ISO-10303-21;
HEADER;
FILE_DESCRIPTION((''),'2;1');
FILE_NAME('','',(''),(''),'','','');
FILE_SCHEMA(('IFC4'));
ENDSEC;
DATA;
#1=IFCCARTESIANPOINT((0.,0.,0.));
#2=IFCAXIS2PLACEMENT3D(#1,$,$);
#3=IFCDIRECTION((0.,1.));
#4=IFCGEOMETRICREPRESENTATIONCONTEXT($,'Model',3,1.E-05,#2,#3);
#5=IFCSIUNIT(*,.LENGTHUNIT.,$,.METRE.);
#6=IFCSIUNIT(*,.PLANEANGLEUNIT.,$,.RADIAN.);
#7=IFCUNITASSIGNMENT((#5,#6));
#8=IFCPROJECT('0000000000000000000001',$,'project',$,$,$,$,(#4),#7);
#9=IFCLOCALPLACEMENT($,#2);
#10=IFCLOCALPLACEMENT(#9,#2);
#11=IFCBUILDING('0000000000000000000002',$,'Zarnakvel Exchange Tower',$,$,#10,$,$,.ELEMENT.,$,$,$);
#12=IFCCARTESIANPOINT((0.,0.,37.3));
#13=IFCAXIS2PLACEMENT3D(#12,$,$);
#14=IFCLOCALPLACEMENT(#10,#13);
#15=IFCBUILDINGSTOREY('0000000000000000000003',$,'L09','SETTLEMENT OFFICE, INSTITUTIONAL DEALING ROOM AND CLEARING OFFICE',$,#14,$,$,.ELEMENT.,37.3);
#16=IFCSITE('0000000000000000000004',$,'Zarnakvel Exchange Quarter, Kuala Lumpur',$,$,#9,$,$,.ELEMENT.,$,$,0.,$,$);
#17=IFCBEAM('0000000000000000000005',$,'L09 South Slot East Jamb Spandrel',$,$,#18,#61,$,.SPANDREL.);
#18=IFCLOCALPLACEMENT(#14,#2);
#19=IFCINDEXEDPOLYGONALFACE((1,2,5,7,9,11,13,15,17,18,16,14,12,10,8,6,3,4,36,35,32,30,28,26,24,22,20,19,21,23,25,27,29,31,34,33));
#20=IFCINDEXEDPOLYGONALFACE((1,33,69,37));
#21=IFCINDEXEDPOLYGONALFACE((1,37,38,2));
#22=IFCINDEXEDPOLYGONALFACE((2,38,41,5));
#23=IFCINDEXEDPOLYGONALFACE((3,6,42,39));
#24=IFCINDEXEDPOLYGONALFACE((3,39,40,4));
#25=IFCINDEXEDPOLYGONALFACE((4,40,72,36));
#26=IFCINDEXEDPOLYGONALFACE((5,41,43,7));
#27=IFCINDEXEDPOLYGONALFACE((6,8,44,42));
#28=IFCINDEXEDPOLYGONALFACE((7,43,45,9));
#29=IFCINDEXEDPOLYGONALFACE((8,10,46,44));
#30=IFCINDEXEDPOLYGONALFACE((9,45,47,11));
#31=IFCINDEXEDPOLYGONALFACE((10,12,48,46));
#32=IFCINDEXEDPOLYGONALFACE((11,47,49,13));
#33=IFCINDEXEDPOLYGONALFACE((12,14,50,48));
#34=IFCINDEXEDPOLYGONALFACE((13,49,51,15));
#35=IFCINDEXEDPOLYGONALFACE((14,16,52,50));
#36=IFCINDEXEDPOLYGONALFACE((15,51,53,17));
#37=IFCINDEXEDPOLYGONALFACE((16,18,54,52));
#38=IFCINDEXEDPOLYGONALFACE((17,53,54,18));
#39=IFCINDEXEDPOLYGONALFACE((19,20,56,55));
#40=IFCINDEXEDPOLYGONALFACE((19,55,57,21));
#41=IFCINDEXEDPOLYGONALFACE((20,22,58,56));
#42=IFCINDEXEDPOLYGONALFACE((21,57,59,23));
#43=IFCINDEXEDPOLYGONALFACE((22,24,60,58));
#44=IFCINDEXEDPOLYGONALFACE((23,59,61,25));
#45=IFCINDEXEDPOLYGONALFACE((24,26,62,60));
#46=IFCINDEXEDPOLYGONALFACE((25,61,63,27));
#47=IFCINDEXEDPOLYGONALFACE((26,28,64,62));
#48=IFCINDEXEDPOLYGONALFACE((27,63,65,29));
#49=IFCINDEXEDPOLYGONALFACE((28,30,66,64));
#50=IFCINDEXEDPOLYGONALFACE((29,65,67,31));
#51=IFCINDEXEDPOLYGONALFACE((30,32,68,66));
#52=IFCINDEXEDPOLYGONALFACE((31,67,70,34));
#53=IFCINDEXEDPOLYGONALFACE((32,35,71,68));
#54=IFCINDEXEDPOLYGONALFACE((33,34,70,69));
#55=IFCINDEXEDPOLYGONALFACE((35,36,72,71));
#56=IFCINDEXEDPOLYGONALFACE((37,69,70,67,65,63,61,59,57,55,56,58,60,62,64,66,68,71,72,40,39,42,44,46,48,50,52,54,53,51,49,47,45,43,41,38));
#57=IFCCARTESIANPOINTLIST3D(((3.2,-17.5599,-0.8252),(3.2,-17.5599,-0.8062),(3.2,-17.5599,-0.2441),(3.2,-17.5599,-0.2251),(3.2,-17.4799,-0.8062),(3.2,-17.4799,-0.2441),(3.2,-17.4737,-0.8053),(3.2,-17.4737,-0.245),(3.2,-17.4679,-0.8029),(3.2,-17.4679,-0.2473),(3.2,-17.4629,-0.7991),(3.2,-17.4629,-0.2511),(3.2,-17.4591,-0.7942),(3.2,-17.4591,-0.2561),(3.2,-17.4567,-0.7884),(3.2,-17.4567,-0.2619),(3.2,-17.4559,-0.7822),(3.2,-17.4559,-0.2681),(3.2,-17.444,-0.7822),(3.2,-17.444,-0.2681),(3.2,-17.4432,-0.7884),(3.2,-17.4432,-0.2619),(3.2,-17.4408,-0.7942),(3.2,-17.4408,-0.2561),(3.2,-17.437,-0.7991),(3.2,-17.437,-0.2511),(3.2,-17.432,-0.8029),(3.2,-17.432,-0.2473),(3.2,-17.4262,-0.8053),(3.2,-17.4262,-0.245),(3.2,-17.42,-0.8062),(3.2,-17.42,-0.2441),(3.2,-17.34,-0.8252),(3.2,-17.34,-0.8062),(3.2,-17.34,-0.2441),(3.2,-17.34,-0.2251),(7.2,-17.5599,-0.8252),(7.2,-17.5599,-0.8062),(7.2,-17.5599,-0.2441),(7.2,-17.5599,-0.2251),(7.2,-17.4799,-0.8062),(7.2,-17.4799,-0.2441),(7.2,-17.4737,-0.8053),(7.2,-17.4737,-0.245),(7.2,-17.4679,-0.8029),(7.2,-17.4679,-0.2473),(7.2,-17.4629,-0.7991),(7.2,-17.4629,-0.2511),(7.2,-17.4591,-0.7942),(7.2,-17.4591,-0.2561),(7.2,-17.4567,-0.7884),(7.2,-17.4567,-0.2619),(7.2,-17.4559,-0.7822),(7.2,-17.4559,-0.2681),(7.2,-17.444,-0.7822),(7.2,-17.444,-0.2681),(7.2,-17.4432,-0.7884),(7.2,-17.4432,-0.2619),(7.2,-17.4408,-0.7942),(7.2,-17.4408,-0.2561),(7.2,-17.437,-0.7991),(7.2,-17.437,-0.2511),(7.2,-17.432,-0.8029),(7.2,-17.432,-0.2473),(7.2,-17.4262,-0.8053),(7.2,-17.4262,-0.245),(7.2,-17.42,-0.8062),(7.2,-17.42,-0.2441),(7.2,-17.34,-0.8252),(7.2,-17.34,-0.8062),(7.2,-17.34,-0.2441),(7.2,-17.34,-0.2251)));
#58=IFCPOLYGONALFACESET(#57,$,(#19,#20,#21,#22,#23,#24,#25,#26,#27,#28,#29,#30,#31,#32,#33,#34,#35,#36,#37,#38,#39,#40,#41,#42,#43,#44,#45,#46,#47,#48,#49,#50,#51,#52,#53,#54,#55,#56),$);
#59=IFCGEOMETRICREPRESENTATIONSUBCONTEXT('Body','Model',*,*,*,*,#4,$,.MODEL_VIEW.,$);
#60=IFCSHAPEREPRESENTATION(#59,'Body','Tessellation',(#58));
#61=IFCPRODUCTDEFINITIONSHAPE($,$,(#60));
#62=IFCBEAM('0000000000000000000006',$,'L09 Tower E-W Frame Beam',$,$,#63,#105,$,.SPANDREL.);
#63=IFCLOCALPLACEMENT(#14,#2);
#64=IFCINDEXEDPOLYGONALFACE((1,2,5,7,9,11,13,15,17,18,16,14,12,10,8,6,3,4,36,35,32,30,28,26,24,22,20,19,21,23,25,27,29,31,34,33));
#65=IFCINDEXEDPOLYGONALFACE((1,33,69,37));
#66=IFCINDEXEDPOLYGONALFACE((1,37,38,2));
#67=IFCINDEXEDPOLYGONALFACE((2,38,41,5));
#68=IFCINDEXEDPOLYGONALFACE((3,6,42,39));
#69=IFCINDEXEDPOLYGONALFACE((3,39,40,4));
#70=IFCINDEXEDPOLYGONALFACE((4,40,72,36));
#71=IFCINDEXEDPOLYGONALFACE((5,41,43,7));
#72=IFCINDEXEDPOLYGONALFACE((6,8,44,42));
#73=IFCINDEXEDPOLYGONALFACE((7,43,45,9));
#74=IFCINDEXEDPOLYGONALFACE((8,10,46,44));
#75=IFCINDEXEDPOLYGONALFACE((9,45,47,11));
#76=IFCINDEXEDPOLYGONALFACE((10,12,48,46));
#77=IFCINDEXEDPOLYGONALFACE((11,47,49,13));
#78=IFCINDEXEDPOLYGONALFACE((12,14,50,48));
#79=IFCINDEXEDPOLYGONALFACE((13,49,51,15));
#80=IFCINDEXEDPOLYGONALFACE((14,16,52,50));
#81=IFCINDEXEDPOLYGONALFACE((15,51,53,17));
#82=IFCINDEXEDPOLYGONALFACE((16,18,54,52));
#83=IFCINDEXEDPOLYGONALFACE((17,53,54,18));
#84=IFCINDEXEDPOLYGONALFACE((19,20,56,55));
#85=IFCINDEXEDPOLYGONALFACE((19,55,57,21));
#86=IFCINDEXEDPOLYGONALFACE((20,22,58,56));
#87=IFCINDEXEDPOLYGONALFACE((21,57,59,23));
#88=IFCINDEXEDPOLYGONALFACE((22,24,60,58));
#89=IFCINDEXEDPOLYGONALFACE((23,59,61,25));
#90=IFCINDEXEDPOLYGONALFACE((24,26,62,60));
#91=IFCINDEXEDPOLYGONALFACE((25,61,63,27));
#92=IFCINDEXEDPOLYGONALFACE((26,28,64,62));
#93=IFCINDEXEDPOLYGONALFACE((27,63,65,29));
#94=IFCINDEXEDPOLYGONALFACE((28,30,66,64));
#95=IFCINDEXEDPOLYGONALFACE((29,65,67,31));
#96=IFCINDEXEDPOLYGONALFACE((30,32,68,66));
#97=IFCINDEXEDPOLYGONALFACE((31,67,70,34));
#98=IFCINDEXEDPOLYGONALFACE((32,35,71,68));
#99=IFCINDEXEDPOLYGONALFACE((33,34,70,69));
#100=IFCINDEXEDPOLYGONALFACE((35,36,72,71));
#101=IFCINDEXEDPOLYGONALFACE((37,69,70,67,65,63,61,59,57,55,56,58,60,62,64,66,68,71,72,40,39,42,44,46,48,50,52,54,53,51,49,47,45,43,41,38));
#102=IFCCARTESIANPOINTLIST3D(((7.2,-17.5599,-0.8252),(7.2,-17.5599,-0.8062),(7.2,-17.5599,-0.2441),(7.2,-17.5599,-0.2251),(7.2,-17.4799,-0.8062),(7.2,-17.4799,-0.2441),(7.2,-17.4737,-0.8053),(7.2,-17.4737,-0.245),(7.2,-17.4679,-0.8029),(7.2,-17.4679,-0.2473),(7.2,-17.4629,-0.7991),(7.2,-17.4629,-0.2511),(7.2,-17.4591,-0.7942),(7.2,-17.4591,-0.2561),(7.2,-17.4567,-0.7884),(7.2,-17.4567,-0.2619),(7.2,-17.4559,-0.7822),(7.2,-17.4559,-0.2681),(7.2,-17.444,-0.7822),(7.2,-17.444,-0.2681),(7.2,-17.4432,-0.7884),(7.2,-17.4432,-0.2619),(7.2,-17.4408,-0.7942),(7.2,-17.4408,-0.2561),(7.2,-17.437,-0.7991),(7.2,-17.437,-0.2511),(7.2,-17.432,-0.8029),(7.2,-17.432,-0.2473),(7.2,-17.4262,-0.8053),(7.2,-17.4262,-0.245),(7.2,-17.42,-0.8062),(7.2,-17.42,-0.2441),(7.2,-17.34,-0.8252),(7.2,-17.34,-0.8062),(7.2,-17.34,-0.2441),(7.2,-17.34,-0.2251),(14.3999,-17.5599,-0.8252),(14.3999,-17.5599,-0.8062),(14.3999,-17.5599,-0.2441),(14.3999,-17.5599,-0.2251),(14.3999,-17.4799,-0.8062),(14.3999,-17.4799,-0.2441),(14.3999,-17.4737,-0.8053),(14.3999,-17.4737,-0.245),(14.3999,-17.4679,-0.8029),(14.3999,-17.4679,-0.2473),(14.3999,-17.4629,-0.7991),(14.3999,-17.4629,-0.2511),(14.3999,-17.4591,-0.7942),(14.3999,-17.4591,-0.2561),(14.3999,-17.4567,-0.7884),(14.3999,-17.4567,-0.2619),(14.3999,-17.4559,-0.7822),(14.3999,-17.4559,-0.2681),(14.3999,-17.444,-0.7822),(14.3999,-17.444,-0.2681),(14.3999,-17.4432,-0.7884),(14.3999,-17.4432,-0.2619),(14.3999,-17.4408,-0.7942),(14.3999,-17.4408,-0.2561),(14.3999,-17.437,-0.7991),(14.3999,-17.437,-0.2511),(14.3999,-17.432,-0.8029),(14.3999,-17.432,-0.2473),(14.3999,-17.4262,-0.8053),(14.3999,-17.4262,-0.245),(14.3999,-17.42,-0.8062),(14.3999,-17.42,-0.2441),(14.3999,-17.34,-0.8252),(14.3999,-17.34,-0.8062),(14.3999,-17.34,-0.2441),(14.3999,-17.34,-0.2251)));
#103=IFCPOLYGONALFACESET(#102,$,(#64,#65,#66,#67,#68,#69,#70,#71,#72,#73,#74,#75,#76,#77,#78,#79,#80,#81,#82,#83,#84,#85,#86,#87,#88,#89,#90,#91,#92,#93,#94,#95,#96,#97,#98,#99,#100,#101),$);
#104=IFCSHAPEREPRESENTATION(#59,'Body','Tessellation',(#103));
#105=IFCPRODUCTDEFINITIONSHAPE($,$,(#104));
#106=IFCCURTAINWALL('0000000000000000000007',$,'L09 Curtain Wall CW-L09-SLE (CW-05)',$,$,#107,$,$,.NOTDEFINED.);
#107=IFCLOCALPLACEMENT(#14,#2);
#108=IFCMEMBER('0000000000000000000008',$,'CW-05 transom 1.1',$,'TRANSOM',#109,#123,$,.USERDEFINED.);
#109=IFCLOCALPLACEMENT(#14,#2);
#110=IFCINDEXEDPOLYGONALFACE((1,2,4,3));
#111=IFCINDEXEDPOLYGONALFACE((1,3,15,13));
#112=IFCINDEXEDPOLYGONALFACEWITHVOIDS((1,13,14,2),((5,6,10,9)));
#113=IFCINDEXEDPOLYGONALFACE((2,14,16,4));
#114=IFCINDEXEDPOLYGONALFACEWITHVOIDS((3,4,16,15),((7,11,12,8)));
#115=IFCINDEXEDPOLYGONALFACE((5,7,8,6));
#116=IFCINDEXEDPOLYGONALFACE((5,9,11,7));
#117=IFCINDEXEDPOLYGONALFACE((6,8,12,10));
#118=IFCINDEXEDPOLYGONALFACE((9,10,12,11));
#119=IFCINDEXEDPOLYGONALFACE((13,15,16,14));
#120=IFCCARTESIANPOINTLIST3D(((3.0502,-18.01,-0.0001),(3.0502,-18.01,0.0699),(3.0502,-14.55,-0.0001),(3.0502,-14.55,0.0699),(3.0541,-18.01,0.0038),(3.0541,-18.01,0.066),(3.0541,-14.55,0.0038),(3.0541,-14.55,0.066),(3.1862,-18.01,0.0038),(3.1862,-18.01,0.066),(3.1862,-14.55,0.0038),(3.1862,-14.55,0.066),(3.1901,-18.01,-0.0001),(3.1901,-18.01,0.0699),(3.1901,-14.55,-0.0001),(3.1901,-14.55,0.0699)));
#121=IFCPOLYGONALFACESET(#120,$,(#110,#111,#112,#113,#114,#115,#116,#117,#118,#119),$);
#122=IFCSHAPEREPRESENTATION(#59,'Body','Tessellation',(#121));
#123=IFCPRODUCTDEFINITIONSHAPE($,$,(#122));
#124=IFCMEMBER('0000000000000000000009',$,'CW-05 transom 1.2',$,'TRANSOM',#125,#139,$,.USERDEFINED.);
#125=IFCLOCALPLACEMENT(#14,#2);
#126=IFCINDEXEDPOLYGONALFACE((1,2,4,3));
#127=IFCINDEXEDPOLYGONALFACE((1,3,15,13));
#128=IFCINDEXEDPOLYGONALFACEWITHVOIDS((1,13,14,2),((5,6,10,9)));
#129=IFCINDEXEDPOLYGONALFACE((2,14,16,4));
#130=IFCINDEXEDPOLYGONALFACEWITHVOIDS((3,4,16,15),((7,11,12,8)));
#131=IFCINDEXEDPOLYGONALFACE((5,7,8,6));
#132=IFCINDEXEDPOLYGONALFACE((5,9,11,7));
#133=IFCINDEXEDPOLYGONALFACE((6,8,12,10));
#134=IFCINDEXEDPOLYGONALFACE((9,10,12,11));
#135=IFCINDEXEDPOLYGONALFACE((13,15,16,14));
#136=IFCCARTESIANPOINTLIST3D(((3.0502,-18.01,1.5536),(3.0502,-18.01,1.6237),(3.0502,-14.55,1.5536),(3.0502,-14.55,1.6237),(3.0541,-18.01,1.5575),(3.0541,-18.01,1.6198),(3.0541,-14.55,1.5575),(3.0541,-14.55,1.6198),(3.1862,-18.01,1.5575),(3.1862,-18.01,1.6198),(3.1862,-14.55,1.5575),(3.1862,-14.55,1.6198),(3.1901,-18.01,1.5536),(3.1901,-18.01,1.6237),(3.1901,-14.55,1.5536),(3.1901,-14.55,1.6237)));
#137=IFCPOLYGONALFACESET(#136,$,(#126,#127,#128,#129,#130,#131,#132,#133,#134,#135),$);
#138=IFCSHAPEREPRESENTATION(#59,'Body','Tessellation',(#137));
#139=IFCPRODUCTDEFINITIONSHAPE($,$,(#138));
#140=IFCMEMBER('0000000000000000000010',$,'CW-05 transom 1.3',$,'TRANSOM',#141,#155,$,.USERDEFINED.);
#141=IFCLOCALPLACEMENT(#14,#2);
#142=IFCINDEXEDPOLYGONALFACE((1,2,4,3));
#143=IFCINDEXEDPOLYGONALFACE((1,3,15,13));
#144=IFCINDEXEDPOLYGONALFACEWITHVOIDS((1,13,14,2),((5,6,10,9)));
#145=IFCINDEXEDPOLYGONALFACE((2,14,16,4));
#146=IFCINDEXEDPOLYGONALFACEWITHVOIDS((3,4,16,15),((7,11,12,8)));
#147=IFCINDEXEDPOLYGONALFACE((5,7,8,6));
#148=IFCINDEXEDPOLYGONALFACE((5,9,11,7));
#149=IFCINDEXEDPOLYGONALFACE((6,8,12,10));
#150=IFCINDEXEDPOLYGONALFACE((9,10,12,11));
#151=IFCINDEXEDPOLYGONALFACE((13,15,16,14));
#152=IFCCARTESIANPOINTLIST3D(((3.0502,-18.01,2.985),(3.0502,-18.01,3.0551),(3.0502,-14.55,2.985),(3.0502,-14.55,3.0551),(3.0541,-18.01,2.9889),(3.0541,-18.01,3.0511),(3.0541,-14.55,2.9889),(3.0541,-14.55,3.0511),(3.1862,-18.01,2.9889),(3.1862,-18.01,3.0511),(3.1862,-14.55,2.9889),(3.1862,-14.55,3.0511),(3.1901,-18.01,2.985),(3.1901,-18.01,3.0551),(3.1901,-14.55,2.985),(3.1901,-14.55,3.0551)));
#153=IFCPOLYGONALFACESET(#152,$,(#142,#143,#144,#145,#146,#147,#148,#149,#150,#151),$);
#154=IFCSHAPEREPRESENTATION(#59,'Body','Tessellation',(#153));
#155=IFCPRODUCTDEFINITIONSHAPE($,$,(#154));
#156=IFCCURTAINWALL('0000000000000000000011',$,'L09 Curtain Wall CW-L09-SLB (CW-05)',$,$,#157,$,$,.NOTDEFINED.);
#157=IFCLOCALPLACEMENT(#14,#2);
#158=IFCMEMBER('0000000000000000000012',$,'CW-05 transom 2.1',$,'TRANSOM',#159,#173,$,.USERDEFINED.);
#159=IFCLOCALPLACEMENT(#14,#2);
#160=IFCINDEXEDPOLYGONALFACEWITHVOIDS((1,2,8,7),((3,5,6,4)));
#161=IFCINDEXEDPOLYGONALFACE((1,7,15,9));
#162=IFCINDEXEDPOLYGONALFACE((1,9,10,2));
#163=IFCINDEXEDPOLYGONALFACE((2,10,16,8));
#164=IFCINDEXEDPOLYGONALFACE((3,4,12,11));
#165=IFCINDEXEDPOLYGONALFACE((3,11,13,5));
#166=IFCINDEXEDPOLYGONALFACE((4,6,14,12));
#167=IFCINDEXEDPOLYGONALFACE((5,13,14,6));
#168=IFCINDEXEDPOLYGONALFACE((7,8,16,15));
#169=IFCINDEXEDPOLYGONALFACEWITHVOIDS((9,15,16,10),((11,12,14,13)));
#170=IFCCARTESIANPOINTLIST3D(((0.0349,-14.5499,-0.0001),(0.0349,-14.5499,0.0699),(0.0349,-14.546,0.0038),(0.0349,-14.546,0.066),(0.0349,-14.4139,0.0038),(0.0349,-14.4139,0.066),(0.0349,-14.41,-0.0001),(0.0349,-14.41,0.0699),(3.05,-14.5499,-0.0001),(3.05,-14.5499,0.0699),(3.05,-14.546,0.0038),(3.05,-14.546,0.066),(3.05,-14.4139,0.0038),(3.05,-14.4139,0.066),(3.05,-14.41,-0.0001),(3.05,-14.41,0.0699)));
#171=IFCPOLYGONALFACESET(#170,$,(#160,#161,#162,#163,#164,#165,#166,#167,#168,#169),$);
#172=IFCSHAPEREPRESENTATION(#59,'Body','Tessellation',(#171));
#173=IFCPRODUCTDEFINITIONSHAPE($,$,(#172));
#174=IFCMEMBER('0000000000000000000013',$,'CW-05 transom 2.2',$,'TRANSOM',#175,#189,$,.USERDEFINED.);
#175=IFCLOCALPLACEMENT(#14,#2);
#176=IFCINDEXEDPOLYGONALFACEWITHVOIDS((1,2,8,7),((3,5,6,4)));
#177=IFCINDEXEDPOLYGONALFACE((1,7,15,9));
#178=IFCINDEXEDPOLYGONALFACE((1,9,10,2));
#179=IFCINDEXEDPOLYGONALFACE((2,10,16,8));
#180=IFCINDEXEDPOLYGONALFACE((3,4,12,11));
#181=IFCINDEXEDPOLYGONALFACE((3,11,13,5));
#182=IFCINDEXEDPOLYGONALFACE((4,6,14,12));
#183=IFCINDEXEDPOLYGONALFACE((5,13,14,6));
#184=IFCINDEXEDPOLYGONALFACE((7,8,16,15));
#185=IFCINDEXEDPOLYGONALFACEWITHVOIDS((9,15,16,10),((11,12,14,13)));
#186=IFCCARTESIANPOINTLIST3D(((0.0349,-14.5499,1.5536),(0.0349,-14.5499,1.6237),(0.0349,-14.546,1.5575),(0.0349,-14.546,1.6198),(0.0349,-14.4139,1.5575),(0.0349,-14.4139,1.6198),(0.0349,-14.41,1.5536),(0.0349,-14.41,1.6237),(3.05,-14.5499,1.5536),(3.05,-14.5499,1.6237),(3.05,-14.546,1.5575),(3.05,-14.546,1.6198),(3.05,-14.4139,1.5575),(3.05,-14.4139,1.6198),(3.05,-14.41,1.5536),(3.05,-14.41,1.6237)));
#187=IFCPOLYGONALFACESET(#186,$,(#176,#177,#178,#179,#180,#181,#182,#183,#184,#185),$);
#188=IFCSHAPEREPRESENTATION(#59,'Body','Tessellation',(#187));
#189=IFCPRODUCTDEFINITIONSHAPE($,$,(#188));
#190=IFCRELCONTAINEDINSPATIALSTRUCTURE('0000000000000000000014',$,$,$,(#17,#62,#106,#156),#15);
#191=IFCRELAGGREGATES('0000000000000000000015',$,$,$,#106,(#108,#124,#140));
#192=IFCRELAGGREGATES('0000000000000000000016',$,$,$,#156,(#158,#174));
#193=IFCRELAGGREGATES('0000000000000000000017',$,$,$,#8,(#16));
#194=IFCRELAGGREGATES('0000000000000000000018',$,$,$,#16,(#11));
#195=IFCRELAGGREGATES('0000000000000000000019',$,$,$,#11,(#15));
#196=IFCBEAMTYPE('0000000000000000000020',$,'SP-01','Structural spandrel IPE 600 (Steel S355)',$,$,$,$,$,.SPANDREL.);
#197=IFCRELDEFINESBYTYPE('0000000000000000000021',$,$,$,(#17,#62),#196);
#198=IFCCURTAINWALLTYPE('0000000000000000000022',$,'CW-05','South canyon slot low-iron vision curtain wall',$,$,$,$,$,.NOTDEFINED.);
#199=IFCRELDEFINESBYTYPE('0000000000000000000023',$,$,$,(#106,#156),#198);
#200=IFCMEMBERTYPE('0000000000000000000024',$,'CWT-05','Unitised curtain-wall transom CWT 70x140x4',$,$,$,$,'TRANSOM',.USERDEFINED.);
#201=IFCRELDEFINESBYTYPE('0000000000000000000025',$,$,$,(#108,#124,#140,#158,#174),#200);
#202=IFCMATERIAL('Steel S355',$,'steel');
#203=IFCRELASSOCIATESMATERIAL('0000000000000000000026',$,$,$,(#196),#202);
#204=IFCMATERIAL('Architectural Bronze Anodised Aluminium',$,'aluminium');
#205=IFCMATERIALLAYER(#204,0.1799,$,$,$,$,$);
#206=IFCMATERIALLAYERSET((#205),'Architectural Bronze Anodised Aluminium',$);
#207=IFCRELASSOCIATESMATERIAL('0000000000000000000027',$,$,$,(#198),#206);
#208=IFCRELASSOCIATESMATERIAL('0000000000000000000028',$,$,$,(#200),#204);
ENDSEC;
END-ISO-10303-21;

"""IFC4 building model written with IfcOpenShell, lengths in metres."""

from ifc_helpers import new_model, si_unit, direction, frame, origin, origin_2d, place, context, subcontext, project, spatial, hollow_rectangle, i_section, extrude, source, transform, mapped, material, layer, layer_set, material_profile, profile_set, type_object, element, aggregate, save


model = new_model("IFC4")

# Units and contexts
model_context = context("Model", 3, precision=1e-05, world=origin(), true_north=direction((0.0, 1.0)))
body_context = subcontext(model_context, "Body", "Model", "MODEL_VIEW")
ifc_project = project(units=[si_unit("LENGTHUNIT", "METRE"), si_unit("PLANEANGLEUNIT", "RADIAN")], contexts=[model_context])

# Site, building, storey
site_placement = place(None, origin())
site = spatial("IfcSite", under=ifc_project, at=site_placement, Name="Zarnakvel Exchange Quarter, Kuala Lumpur", CompositionType="ELEMENT", RefElevation=0.0)
building_placement = place(site_placement, origin())
building = spatial("IfcBuilding", under=site, at=building_placement, Name="Zarnakvel Exchange Tower", CompositionType="ELEMENT")
storey_placement = place(building_placement, frame((0.0, 0.0, 37.3)))
storey = spatial("IfcBuildingStorey", under=building, at=storey_placement, Name="L09", Description="SETTLEMENT OFFICE, INSTITUTIONAL DEALING ROOM AND CLEARING OFFICE", CompositionType="ELEMENT", Elevation=37.3)

# Beams
ifc_material_1 = material(Name="Steel S355", Category="steel")
ifc_material_profile_1 = material_profile(ifc_material_1, i_section(OverallWidth=0.22, OverallDepth=0.6001, WebThickness=0.012, FlangeThickness=0.019, FilletRadius=0.0239, at=origin_2d()))
ifc_profile_set_1 = profile_set([ifc_material_profile_1], Name="Steel S355")
beam_type_1 = type_object("IfcBeamType", Name="SP-01", Description="Structural spandrel IPE 600 (Steel S355)", PredefinedType="SPANDREL", material=ifc_profile_set_1)
beam_1_placement = place(storey_placement, frame((3.2, -17.45, -0.5251), z_axis=(1.0, 0.0, 0.0), x_axis=(0.0, 1.0, 0.0)))
element("IfcBeam", 1, at=beam_1_placement, inside=storey, type_object=beam_type_1, Name="L09 South Slot East Jamb Spandrel", PredefinedType="SPANDREL", context=body_context, shape_type="SweptSolid", body=[
    extrude(i_section(OverallWidth=0.22, OverallDepth=0.6001, WebThickness=0.012, FlangeThickness=0.019, FilletRadius=0.0239, at=origin_2d()), origin(), (0.0, 0.0, 1.0), 4.0),
])
beam_2_placement = place(storey_placement, frame((7.2, -17.45, -0.5251), z_axis=(1.0, 0.0, 0.0), x_axis=(0.0, 1.0, 0.0)))
element("IfcBeam", 2, at=beam_2_placement, inside=storey, type_object=beam_type_1, Name="L09 Tower E-W Frame Beam", PredefinedType="SPANDREL", context=body_context, shape_type="SweptSolid", body=[
    extrude(i_section(OverallWidth=0.22, OverallDepth=0.6001, WebThickness=0.012, FlangeThickness=0.019, FilletRadius=0.0239, at=origin_2d()), origin(), (0.0, 0.0, 1.0), 7.2),
])

# Curtain walls, members
ifc_material_2 = material(Name="Architectural Bronze Anodised Aluminium", Category="aluminium")
ifc_layer_1 = layer(ifc_material_2, 0.1799)
ifc_layer_set_1 = layer_set([ifc_layer_1], Name="Architectural Bronze Anodised Aluminium")
curtain_wall_type = type_object("IfcCurtainWallType", Name="CW-05", Description="South canyon slot low-iron vision curtain wall", PredefinedType="NOTDEFINED", material=ifc_layer_set_1)
curtain_wall_1_placement = place(storey_placement, origin())
curtain_wall_1 = element("IfcCurtainWall", 3, at=curtain_wall_1_placement, inside=storey, type_object=curtain_wall_type, Name="L09 Curtain Wall CW-L09-SLE (CW-05)", PredefinedType="NOTDEFINED")
ifc_material_profile_2 = material_profile(ifc_material_2, hollow_rectangle(XDim=0.1399, YDim=0.0701, WallThickness=0.0039, at=origin_2d()))
ifc_profile_set_2 = profile_set([ifc_material_profile_2], Name="Architectural Bronze Anodised Aluminium")
member_type_1 = type_object("IfcMemberType", Name="CWT-05", Description="Unitised curtain-wall transom CWT 70x140x4", ElementType="TRANSOM", PredefinedType="USERDEFINED", material=ifc_profile_set_2)
shared_shape_1 = source(origin(), body_context, "Body", "SweptSolid", [
    extrude(hollow_rectangle(XDim=0.1399, YDim=0.0701, WallThickness=0.0039, at=origin_2d()), origin(), (0.0, 0.0, 1.0), 3.46),
])
member_1_placement = place(storey_placement, frame((3.1201, -14.55, 0.0349), z_axis=(0.0, -1.0, 0.0), x_axis=(1.0, 0.0, 0.0)))
member_1 = element("IfcMember", 4, at=member_1_placement, type_object=member_type_1, Name="CW-05 transom 1.1", ObjectType="TRANSOM", PredefinedType="USERDEFINED", context=body_context, shape_type="MappedRepresentation", body=[
    mapped(shared_shape_1, transform((0.0, 0.0, 0.0), x_axis=(1.0, 0.0, 0.0), y_axis=(0.0, 1.0, 0.0), z_axis=(0.0, 0.0, 1.0), scale=1.0)),
])
member_2_placement = place(storey_placement, frame((3.1201, -14.55, 1.5886), z_axis=(0.0, -1.0, 0.0), x_axis=(1.0, 0.0, 0.0)))
member_2 = element("IfcMember", 5, at=member_2_placement, type_object=member_type_1, Name="CW-05 transom 1.2", ObjectType="TRANSOM", PredefinedType="USERDEFINED", context=body_context, shape_type="MappedRepresentation", body=[
    mapped(shared_shape_1, transform((0.0, 0.0, 0.0), x_axis=(1.0, 0.0, 0.0), y_axis=(0.0, 1.0, 0.0), z_axis=(0.0, 0.0, 1.0), scale=1.0)),
])
member_3_placement = place(storey_placement, frame((3.1201, -14.55, 3.02), z_axis=(0.0, -1.0, 0.0), x_axis=(1.0, 0.0, 0.0)))
member_3 = element("IfcMember", 6, at=member_3_placement, type_object=member_type_1, Name="CW-05 transom 1.3", ObjectType="TRANSOM", PredefinedType="USERDEFINED", context=body_context, shape_type="MappedRepresentation", body=[
    mapped(shared_shape_1, transform((0.0, 0.0, 0.0), x_axis=(1.0, 0.0, 0.0), y_axis=(0.0, 1.0, 0.0), z_axis=(0.0, 0.0, 1.0), scale=1.0)),
])
curtain_wall_2_placement = place(storey_placement, origin())
curtain_wall_2 = element("IfcCurtainWall", 7, at=curtain_wall_2_placement, inside=storey, type_object=curtain_wall_type, Name="L09 Curtain Wall CW-L09-SLB (CW-05)", PredefinedType="NOTDEFINED")
shared_shape_2 = source(origin(), body_context, "Body", "SweptSolid", [
    extrude(hollow_rectangle(XDim=0.1399, YDim=0.0701, WallThickness=0.0039, at=origin_2d()), origin(), (0.0, 0.0, 1.0), 3.0151),
])
member_4_placement = place(storey_placement, frame((0.0349, -14.48, 0.0349), z_axis=(1.0, 0.0, 0.0), x_axis=(0.0, 1.0, 0.0)))
member_4 = element("IfcMember", 8, at=member_4_placement, type_object=member_type_1, Name="CW-05 transom 2.1", ObjectType="TRANSOM", PredefinedType="USERDEFINED", context=body_context, shape_type="MappedRepresentation", body=[
    mapped(shared_shape_2, transform((0.0, 0.0, 0.0), x_axis=(1.0, 0.0, 0.0), y_axis=(0.0, 1.0, 0.0), z_axis=(0.0, 0.0, 1.0), scale=1.0)),
])
member_5_placement = place(storey_placement, frame((0.0349, -14.48, 1.5886), z_axis=(1.0, 0.0, 0.0), x_axis=(0.0, 1.0, 0.0)))
member_5 = element("IfcMember", 9, at=member_5_placement, type_object=member_type_1, Name="CW-05 transom 2.2", ObjectType="TRANSOM", PredefinedType="USERDEFINED", context=body_context, shape_type="MappedRepresentation", body=[
    mapped(shared_shape_2, transform((0.0, 0.0, 0.0), x_axis=(1.0, 0.0, 0.0), y_axis=(0.0, 1.0, 0.0), z_axis=(0.0, 0.0, 1.0), scale=1.0)),
])

aggregate(curtain_wall_1, [member_1, member_2, member_3])
aggregate(curtain_wall_2, [member_4, member_5])

save(model, "model.ifc")
